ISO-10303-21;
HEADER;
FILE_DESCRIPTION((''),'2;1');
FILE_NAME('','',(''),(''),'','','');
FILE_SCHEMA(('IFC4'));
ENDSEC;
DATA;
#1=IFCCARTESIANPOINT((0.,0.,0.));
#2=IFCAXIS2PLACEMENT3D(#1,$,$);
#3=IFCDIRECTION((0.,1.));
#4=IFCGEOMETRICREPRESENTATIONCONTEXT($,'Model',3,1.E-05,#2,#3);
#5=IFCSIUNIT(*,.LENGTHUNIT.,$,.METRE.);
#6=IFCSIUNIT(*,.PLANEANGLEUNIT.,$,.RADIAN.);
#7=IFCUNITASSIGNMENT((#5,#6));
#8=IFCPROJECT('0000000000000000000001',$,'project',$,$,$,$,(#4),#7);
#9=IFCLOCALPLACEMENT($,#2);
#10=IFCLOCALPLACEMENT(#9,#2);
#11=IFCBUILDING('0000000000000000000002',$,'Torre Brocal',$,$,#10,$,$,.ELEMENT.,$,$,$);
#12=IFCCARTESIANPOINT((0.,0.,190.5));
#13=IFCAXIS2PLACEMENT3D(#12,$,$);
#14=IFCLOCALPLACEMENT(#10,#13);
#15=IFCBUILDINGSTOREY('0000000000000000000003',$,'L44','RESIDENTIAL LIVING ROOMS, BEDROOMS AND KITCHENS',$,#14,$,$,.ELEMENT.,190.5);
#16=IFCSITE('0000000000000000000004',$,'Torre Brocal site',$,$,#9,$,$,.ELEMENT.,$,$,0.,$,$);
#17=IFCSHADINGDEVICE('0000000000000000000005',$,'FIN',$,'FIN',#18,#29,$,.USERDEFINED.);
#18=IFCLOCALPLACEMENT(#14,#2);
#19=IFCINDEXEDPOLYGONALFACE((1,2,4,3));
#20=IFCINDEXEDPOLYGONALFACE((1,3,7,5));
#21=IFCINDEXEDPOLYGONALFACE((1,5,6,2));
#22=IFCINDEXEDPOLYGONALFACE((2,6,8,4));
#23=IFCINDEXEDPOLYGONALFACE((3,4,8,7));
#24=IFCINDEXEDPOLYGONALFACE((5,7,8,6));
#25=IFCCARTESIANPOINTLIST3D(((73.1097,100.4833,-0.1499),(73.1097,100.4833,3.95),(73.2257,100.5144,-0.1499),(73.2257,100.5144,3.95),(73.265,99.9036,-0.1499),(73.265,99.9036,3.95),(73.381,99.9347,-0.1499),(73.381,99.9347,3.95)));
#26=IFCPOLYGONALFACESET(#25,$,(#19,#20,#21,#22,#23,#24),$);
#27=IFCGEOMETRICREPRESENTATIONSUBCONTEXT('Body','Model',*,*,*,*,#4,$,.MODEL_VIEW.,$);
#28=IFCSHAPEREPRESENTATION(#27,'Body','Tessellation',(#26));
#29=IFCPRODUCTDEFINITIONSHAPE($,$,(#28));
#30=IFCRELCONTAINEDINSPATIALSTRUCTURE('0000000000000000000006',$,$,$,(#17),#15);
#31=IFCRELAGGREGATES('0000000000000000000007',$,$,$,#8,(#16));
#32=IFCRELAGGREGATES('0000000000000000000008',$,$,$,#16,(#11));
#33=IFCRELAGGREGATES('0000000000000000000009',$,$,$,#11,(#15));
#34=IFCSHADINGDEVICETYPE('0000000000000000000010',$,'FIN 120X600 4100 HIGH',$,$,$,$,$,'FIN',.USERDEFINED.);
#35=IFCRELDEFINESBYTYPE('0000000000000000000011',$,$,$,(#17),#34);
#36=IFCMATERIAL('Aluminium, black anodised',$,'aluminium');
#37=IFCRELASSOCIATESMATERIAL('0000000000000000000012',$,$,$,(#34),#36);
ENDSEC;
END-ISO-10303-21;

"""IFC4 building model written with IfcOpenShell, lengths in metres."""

from ifc_helpers import new_model, si_unit, direction, frame, origin, origin_2d, place, context, subcontext, project, spatial, rectangle, extrude, material, material_profile, profile_set, type_object, element, save


model = new_model("IFC4")

# Units and contexts
model_context = context("Model", 3, precision=1e-05, world=origin(), true_north=direction((0.0, 1.0)))
body_context = subcontext(model_context, "Body", "Model", "MODEL_VIEW")
ifc_project = project(units=[si_unit("LENGTHUNIT", "METRE"), si_unit("PLANEANGLEUNIT", "RADIAN")], contexts=[model_context])

# Site, building, storey
site_placement = place(None, origin())
site = spatial("IfcSite", under=ifc_project, at=site_placement, Name="Torre Brocal site", CompositionType="ELEMENT", RefElevation=0.0)
building_placement = place(site_placement, origin())
building = spatial("IfcBuilding", under=site, at=building_placement, Name="Torre Brocal", CompositionType="ELEMENT")
storey_placement = place(building_placement, frame((0.0, 0.0, 190.5)))
storey = spatial("IfcBuildingStorey", under=building, at=storey_placement, Name="L44", Description="RESIDENTIAL LIVING ROOMS, BEDROOMS AND KITCHENS", CompositionType="ELEMENT", Elevation=190.5)

# Shading device
ifc_material_1 = material(Name="Aluminium, black anodised", Category="aluminium")
ifc_material_profile_1 = material_profile(ifc_material_1, rectangle(XDim=0.1201, YDim=0.6001, at=origin_2d()), Name="FIN 120X600 4100 HIGH")
ifc_profile_set_1 = profile_set([ifc_material_profile_1], Name="Aluminium, black anodised")
shading_device_type = type_object("IfcShadingDeviceType", Name="FIN 120X600 4100 HIGH", ElementType="FIN", PredefinedType="USERDEFINED", material=ifc_profile_set_1)
shading_device_placement = place(storey_placement, frame((73.2454, 100.209, -0.1499), z_axis=(0.0, 0.0, 1.0), x_axis=(-0.965926, -0.258819, 0.0)))
element("IfcShadingDevice", 1, at=shading_device_placement, inside=storey, type_object=shading_device_type, Name="FIN", ObjectType="FIN", PredefinedType="USERDEFINED", context=body_context, shape_type="SweptSolid", body=[
    extrude(rectangle(XDim=0.1201, YDim=0.6001, at=origin_2d()), origin(), (0.0, 0.0, 1.0), 4.0999),
])

save(model, "model.ifc")
